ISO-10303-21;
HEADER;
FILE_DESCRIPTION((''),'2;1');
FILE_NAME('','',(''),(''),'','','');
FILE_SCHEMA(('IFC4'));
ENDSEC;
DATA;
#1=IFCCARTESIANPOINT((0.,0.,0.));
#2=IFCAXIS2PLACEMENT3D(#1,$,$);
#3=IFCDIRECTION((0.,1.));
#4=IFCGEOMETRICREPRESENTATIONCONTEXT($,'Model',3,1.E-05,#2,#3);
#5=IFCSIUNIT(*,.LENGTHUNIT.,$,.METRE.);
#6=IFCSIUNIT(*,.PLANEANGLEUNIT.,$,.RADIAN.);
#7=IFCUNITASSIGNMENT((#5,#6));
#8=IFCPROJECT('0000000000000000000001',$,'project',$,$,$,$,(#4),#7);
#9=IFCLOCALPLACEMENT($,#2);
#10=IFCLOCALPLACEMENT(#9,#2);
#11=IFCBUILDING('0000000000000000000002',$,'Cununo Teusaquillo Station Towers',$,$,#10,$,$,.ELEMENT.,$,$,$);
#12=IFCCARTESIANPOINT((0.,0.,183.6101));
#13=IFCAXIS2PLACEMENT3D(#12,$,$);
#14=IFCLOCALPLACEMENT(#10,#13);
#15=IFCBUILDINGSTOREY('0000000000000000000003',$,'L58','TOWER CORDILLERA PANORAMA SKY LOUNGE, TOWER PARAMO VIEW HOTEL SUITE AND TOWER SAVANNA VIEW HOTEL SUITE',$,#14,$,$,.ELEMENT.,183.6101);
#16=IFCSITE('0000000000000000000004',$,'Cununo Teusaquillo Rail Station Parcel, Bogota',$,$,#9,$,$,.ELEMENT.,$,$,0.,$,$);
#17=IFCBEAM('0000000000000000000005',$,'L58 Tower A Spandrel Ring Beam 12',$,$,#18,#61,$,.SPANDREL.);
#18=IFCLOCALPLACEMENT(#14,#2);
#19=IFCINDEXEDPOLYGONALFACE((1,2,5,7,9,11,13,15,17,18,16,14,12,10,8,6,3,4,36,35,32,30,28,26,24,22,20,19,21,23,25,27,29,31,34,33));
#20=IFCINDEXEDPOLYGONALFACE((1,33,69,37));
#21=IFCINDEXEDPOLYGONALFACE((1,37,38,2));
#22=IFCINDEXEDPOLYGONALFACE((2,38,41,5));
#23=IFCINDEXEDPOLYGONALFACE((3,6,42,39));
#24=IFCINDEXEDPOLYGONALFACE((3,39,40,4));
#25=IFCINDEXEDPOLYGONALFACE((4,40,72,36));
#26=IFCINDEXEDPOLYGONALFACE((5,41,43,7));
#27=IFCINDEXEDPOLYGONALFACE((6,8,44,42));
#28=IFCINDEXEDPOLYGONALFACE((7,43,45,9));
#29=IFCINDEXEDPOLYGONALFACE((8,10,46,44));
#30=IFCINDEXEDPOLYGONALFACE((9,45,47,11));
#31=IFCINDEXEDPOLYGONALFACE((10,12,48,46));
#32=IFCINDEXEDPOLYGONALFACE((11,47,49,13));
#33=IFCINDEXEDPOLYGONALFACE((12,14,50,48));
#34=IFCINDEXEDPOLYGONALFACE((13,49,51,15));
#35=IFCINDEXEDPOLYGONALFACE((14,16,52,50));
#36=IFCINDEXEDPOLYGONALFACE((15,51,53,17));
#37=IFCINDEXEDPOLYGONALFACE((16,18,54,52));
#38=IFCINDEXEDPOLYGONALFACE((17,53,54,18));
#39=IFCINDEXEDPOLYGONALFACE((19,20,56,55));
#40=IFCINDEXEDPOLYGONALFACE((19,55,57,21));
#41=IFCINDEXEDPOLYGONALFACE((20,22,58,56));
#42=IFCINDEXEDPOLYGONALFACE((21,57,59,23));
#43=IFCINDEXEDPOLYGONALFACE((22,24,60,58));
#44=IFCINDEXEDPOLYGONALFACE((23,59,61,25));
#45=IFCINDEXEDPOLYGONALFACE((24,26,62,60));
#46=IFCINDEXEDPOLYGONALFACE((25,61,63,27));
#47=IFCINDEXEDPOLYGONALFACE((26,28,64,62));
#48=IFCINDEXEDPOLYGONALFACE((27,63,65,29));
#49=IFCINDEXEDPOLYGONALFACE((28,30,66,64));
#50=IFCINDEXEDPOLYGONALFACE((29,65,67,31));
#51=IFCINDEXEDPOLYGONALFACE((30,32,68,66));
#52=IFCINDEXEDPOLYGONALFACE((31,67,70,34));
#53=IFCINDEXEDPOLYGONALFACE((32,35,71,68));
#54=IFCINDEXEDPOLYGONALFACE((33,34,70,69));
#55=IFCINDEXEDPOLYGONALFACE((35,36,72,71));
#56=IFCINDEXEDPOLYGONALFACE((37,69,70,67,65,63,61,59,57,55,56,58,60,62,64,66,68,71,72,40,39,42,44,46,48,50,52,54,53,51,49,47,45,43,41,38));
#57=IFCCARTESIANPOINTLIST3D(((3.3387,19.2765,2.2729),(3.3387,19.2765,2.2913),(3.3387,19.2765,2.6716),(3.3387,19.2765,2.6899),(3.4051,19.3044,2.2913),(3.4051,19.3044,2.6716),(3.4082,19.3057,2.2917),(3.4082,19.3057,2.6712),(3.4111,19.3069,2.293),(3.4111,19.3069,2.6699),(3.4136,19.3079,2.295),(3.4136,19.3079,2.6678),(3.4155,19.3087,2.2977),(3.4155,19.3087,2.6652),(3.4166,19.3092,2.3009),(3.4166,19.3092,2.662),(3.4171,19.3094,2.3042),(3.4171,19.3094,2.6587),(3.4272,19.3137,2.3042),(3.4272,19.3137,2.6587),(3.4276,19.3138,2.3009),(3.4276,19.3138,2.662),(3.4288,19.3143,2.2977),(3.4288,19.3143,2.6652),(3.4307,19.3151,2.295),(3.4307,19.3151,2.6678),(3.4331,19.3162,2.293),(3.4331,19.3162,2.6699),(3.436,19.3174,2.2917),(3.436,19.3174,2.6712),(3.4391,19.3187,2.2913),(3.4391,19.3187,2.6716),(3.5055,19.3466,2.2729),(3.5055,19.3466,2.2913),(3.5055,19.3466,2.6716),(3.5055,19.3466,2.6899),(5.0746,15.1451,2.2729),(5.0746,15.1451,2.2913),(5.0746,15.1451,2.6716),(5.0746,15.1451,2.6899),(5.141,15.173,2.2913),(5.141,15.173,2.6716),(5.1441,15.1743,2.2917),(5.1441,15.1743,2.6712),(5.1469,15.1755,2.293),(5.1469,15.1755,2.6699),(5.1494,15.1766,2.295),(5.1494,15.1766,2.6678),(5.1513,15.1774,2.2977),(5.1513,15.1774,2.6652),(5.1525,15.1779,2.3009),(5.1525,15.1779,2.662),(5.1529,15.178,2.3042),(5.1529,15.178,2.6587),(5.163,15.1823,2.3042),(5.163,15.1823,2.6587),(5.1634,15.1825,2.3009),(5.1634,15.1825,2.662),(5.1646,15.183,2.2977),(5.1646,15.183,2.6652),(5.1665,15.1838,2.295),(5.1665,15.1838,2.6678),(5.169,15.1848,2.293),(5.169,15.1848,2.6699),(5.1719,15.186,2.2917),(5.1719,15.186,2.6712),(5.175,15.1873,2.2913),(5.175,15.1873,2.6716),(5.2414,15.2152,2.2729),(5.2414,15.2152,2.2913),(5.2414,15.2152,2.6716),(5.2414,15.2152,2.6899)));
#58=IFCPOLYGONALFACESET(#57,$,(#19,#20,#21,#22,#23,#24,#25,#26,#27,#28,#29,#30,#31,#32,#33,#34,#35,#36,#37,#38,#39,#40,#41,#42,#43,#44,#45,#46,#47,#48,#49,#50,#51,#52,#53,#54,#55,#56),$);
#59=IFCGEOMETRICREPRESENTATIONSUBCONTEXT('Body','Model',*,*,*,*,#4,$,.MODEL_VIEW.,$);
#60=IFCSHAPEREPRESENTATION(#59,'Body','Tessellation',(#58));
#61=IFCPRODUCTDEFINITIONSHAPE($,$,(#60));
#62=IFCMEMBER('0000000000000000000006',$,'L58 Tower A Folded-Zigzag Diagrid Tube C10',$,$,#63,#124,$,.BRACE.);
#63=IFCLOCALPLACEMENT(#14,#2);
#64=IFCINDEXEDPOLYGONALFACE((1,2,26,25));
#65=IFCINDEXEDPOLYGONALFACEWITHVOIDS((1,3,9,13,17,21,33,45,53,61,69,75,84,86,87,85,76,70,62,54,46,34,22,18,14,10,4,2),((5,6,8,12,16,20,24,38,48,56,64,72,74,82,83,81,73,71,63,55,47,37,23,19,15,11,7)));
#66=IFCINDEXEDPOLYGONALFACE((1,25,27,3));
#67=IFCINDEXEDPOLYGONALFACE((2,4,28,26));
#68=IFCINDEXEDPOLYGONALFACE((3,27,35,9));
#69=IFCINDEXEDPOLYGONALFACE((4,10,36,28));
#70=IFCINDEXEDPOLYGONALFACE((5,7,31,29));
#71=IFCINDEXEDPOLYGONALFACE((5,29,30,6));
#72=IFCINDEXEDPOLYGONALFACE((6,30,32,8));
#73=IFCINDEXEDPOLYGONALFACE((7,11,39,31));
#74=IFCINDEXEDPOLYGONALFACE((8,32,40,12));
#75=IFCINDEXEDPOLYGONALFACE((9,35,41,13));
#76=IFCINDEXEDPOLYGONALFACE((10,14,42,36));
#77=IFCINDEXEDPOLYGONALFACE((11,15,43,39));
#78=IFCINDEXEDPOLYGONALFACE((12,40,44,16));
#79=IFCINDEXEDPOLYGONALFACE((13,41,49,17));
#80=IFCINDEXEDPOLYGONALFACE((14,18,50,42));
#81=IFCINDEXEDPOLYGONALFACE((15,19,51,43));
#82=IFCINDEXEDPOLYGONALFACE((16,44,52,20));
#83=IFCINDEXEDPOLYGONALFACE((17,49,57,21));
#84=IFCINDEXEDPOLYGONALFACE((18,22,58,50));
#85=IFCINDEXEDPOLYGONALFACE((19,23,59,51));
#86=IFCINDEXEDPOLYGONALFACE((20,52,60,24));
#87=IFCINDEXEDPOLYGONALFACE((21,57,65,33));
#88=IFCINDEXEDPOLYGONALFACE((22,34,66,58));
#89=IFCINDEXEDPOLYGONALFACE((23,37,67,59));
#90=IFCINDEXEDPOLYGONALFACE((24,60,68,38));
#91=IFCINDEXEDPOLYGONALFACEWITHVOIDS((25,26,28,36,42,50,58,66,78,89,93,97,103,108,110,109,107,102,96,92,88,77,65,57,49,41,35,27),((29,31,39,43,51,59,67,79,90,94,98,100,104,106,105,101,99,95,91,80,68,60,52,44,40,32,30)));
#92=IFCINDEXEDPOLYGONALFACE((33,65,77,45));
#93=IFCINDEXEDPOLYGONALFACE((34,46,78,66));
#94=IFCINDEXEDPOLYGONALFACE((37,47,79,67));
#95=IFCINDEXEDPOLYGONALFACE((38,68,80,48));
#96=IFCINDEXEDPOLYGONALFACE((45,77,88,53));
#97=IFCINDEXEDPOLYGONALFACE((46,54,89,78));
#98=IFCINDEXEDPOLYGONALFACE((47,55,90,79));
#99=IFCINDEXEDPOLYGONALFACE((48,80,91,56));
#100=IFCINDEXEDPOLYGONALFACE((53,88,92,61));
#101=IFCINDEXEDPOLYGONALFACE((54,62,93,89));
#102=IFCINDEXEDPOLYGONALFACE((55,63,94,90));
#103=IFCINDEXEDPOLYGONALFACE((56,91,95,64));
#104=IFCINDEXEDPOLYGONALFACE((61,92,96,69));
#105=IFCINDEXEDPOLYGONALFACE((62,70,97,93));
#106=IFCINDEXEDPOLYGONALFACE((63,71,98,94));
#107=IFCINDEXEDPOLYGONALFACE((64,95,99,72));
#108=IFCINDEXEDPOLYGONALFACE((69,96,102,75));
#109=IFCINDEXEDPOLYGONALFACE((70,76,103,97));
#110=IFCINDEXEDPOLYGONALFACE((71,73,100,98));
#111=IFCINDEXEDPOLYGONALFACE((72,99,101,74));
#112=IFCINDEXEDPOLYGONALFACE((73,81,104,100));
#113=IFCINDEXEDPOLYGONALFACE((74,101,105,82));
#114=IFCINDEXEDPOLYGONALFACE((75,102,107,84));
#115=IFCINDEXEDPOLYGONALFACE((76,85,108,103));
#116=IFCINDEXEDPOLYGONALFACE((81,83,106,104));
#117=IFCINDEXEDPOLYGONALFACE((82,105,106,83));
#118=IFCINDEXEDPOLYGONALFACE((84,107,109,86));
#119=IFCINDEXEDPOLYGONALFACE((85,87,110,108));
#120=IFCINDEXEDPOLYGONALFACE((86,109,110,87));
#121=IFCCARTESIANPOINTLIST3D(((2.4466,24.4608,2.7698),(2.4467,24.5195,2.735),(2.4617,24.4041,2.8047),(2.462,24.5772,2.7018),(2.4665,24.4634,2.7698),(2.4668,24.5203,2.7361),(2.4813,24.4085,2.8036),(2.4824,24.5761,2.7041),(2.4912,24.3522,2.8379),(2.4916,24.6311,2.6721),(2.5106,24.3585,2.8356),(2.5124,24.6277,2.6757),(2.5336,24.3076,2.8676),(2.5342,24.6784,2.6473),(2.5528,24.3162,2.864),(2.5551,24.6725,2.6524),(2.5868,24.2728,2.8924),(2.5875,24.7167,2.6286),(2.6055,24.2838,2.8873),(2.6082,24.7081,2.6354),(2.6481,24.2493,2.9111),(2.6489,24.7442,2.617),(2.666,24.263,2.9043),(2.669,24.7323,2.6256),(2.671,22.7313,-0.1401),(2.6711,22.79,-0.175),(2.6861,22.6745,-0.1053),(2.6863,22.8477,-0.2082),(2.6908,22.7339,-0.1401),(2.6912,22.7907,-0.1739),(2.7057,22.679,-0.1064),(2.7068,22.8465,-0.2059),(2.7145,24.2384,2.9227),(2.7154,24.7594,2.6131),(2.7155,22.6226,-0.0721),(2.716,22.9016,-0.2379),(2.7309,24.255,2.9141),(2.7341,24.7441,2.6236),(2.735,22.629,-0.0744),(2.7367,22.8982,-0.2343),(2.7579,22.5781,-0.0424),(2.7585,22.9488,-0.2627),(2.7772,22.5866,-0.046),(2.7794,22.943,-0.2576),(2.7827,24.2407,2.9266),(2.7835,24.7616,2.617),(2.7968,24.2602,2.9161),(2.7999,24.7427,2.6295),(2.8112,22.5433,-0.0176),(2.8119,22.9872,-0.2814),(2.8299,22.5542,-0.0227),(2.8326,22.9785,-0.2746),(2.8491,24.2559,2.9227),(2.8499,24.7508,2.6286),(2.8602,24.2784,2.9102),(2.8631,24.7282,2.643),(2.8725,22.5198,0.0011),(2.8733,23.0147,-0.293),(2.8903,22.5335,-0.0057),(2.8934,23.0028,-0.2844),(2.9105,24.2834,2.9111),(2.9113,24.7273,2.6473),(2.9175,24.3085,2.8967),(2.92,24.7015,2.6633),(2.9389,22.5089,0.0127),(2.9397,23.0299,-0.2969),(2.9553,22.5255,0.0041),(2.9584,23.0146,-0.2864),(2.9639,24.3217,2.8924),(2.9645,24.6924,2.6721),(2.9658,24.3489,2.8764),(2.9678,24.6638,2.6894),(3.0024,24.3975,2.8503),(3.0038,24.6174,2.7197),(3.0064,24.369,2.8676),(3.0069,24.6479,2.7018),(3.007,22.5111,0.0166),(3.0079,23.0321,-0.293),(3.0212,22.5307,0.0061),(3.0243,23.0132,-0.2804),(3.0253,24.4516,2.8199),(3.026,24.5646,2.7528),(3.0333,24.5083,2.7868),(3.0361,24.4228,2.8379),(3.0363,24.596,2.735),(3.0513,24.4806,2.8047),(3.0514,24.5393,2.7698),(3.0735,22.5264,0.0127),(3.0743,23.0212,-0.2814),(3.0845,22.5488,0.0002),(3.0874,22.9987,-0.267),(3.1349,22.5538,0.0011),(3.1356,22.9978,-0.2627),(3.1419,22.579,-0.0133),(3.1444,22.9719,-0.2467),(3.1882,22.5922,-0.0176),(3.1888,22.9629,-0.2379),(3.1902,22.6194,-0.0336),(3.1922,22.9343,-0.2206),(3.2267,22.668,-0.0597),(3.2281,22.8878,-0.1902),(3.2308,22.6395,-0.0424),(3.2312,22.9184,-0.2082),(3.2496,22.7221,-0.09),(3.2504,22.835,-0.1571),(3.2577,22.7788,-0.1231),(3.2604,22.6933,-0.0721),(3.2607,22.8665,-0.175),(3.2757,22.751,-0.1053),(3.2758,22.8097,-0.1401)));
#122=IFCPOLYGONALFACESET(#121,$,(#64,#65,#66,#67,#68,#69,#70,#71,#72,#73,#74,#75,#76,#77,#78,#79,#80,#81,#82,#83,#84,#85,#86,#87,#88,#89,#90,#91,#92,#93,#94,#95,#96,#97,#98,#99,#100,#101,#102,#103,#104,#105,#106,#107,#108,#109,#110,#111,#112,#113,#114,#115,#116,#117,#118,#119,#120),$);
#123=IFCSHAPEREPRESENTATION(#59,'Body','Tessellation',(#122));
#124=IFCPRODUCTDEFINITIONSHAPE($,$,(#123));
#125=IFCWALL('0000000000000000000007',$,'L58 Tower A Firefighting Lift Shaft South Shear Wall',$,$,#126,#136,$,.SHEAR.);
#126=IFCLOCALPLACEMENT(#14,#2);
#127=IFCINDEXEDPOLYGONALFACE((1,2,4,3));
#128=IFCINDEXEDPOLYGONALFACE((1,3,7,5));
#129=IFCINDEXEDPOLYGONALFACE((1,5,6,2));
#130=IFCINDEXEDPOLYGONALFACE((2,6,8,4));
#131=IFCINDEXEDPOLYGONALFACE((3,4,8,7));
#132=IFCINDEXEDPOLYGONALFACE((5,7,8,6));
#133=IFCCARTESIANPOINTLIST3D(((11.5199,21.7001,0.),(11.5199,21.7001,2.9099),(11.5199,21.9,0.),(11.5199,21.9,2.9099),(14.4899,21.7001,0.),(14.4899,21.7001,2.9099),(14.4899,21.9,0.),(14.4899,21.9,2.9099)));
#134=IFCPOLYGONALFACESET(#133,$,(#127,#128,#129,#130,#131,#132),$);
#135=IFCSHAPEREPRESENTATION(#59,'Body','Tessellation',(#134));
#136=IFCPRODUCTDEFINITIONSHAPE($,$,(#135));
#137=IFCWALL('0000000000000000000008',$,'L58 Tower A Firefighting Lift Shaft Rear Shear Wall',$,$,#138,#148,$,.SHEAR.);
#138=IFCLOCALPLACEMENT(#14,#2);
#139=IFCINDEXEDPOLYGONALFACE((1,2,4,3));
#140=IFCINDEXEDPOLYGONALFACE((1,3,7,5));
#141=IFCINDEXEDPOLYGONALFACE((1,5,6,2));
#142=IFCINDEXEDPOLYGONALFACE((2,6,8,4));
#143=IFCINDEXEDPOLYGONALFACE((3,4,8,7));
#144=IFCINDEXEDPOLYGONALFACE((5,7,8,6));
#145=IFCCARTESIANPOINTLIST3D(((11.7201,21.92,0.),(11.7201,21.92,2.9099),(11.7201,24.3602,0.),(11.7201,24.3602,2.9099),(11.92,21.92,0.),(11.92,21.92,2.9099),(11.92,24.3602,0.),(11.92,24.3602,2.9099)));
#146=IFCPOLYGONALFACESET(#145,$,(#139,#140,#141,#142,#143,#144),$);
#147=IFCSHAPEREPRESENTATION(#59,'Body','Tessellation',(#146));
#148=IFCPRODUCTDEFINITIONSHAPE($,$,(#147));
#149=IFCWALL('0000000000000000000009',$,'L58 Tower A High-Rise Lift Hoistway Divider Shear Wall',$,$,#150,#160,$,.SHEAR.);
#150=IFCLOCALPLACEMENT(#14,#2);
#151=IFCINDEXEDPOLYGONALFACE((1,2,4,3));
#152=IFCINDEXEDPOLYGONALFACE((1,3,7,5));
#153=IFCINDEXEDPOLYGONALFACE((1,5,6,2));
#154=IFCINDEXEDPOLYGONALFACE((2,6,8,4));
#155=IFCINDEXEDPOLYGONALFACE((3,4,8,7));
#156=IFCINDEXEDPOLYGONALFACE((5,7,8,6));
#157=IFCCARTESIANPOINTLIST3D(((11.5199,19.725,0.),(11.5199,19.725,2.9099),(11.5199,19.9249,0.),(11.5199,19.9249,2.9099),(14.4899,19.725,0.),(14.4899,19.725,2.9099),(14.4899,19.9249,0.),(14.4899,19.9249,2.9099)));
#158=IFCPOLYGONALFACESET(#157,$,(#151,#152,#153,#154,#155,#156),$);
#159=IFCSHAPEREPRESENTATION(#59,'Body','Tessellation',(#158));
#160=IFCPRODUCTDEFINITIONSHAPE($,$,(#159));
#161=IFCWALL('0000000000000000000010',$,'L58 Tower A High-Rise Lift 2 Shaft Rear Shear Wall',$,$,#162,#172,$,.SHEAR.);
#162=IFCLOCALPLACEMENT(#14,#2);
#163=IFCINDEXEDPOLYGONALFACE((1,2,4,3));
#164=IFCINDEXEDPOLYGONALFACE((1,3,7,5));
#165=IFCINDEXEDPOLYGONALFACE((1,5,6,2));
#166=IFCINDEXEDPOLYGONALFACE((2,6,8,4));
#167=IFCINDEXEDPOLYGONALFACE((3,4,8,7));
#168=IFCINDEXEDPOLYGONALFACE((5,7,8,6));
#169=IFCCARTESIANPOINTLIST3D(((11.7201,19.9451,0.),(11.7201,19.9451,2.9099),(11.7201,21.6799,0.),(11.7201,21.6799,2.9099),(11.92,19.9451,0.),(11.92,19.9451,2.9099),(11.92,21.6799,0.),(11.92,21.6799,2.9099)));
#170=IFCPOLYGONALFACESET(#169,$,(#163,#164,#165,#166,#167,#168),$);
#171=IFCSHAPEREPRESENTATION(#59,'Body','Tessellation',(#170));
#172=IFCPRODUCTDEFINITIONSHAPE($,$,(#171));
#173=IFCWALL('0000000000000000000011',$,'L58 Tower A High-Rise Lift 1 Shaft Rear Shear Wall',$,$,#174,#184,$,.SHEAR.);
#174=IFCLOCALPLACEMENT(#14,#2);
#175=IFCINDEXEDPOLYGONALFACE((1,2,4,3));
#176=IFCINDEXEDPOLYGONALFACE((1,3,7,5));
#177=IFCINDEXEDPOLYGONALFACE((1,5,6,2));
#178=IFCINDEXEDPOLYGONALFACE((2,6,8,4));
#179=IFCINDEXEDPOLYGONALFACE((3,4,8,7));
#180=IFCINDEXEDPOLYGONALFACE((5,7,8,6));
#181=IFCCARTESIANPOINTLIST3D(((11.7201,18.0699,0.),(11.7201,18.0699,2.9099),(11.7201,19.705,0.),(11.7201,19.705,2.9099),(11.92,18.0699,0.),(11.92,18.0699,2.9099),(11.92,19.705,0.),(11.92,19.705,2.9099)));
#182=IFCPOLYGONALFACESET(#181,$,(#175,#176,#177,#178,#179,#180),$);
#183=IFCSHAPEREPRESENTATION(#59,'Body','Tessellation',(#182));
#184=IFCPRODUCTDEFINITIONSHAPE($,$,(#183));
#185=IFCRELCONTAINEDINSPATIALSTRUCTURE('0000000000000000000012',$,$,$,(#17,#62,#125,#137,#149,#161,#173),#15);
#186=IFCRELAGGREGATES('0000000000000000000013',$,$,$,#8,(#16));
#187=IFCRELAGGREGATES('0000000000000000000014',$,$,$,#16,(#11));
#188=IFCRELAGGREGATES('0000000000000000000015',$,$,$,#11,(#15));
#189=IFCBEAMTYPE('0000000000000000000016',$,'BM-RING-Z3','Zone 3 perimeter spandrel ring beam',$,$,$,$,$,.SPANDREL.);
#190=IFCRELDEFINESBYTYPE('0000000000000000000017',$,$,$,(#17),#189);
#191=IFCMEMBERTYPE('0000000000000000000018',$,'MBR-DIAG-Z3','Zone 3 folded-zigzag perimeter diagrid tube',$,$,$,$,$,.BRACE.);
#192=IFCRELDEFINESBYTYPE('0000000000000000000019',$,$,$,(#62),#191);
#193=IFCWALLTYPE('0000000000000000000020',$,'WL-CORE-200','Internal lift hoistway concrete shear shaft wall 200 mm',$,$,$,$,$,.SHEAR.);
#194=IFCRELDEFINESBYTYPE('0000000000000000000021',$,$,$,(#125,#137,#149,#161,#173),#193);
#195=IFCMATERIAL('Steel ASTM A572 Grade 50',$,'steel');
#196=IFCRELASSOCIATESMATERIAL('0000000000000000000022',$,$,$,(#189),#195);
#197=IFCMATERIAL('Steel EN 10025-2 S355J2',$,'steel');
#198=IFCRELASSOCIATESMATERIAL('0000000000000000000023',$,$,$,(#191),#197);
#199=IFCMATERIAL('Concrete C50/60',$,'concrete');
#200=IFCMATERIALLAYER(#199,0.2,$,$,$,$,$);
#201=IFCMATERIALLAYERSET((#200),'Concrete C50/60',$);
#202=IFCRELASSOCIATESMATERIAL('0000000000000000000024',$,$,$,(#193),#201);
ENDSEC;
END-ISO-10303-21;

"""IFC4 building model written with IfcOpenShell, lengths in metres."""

from ifc_helpers import new_model, si_unit, direction, frame, frame_2d, origin, origin_2d, place, context, subcontext, project, spatial, rectangle, hollow_circle, i_section, extrude, material, layer, layer_set, material_profile, profile_set, type_object, element, save


model = new_model("IFC4")

# Units and contexts
model_context = context("Model", 3, precision=1e-05, world=origin(), true_north=direction((0.0, 1.0)))
body_context = subcontext(model_context, "Body", "Model", "MODEL_VIEW")
ifc_project = project(units=[si_unit("LENGTHUNIT", "METRE"), si_unit("PLANEANGLEUNIT", "RADIAN")], contexts=[model_context])

# Site, building, storey
site_placement = place(None, origin())
site = spatial("IfcSite", under=ifc_project, at=site_placement, Name="Cununo Teusaquillo Rail Station Parcel, Bogota", CompositionType="ELEMENT", RefElevation=0.0)
building_placement = place(site_placement, origin())
building = spatial("IfcBuilding", under=site, at=building_placement, Name="Cununo Teusaquillo Station Towers", CompositionType="ELEMENT")
storey_placement = place(building_placement, frame((0.0, 0.0, 183.6101)))
storey = spatial("IfcBuildingStorey", under=building, at=storey_placement, Name="L58", Description="TOWER CORDILLERA PANORAMA SKY LOUNGE, TOWER PARAMO VIEW HOTEL SUITE AND TOWER SAVANNA VIEW HOTEL SUITE", CompositionType="ELEMENT", Elevation=183.6101)

# Beam
ifc_material_1 = material(Name="Steel ASTM A572 Grade 50", Category="steel")
ifc_material_profile_1 = material_profile(ifc_material_1, i_section(OverallWidth=0.1809, OverallDepth=0.417, WebThickness=0.011, FlangeThickness=0.0183, FilletRadius=0.0129, at=origin_2d()), Name="W16X57")
ifc_profile_set_1 = profile_set([ifc_material_profile_1], Name="Steel ASTM A572 Grade 50")
beam_type_1 = type_object("IfcBeamType", Name="BM-RING-Z3", Description="Zone 3 perimeter spandrel ring beam", PredefinedType="SPANDREL", material=ifc_profile_set_1)
beam_1_placement = place(storey_placement, frame((3.4221, 19.3115, 2.4814), z_axis=(0.38736, -0.921928, 0.0), x_axis=(0.921928, 0.38736, 0.0)))
element("IfcBeam", 1, at=beam_1_placement, inside=storey, type_object=beam_type_1, Name="L58 Tower A Spandrel Ring Beam 12", PredefinedType="SPANDREL", context=body_context, shape_type="SweptSolid", body=[
    extrude(i_section(OverallWidth=0.1809, OverallDepth=0.417, WebThickness=0.011, FlangeThickness=0.0183, FilletRadius=0.0129, at=origin_2d()), origin(), (0.0, 0.0, 1.0), 4.4812),
])

# Member
ifc_material_2 = material(Name="Steel EN 10025-2 S355J2", Category="steel")
ifc_material_profile_2 = material_profile(ifc_material_2, hollow_circle(Radius=0.3049, WallThickness=0.02, at=origin_2d()), Name="CHS 610x20")
ifc_profile_set_2 = profile_set([ifc_material_profile_2], Name="Steel EN 10025-2 S355J2")
member_type = type_object("IfcMemberType", Name="MBR-DIAG-Z3", Description="Zone 3 folded-zigzag perimeter diagrid tube", PredefinedType="BRACE", material=ifc_profile_set_2)
member_placement = place(storey_placement, frame((2.9734, 22.7705, -0.1401), z_axis=(-0.066136, 0.509798, 0.857748), x_axis=(-0.99169, -0.128651, 0.0)))
element("IfcMember", 2, at=member_placement, inside=storey, type_object=member_type, Name="L58 Tower A Folded-Zigzag Diagrid Tube C10", PredefinedType="BRACE", context=body_context, shape_type="SweptSolid", body=[
    extrude(hollow_circle(Radius=0.3049, WallThickness=0.02, at=origin_2d()), origin(), (0.0, 0.0, 1.0), 3.3926),
])

# Walls
ifc_material_3 = material(Name="Concrete C50/60", Category="concrete")
ifc_layer_1 = layer(ifc_material_3, 0.2)
ifc_layer_set_1 = layer_set([ifc_layer_1], Name="Concrete C50/60")
wall_type_1 = type_object("IfcWallType", Name="WL-CORE-200", Description="Internal lift hoistway concrete shear shaft wall 200 mm", PredefinedType="SHEAR", material=ifc_layer_set_1)
wall_1_placement = place(storey_placement, frame((11.52, 21.8, 0.0), z_axis=(0.0, 0.0, 1.0), x_axis=(1.0, 0.0, 0.0)))
element("IfcWall", 3, at=wall_1_placement, inside=storey, type_object=wall_type_1, Name="L58 Tower A Firefighting Lift Shaft South Shear Wall", PredefinedType="SHEAR", context=body_context, shape_type="SweptSolid", body=[
    extrude(rectangle(XDim=2.97, YDim=0.2, at=frame_2d((1.4849, 0.0))), origin(), (0.0, 0.0, 1.0), 2.9099),
])
wall_2_placement = place(storey_placement, frame((11.8201, 21.9199, 0.0), z_axis=(0.0, 0.0, 1.0), x_axis=(0.0, 1.0, 0.0)))
element("IfcWall", 4, at=wall_2_placement, inside=storey, type_object=wall_type_1, Name="L58 Tower A Firefighting Lift Shaft Rear Shear Wall", PredefinedType="SHEAR", context=body_context, shape_type="SweptSolid", body=[
    extrude(rectangle(XDim=2.4402, YDim=0.2, at=frame_2d((1.2202, 0.0))), origin(), (0.0, 0.0, 1.0), 2.9099),
])
wall_3_placement = place(storey_placement, frame((11.52, 19.825, 0.0), z_axis=(0.0, 0.0, 1.0), x_axis=(1.0, 0.0, 0.0)))
element("IfcWall", 5, at=wall_3_placement, inside=storey, type_object=wall_type_1, Name="L58 Tower A High-Rise Lift Hoistway Divider Shear Wall", PredefinedType="SHEAR", context=body_context, shape_type="SweptSolid", body=[
    extrude(rectangle(XDim=2.97, YDim=0.2, at=frame_2d((1.4849, 0.0))), origin(), (0.0, 0.0, 1.0), 2.9099),
])
wall_4_placement = place(storey_placement, frame((11.8201, 19.9451, 0.0), z_axis=(0.0, 0.0, 1.0), x_axis=(0.0, 1.0, 0.0)))
element("IfcWall", 6, at=wall_4_placement, inside=storey, type_object=wall_type_1, Name="L58 Tower A High-Rise Lift 2 Shaft Rear Shear Wall", PredefinedType="SHEAR", context=body_context, shape_type="SweptSolid", body=[
    extrude(rectangle(XDim=1.7349, YDim=0.2, at=frame_2d((0.8674, 0.0))), origin(), (0.0, 0.0, 1.0), 2.9099),
])
wall_5_placement = place(storey_placement, frame((11.8201, 18.0701, 0.0), z_axis=(0.0, 0.0, 1.0), x_axis=(0.0, 1.0, 0.0)))
element("IfcWall", 7, at=wall_5_placement, inside=storey, type_object=wall_type_1, Name="L58 Tower A High-Rise Lift 1 Shaft Rear Shear Wall", PredefinedType="SHEAR", context=body_context, shape_type="SweptSolid", body=[
    extrude(rectangle(XDim=1.635, YDim=0.2, at=frame_2d((0.8174, 0.0))), origin(), (0.0, 0.0, 1.0), 2.9099),
])

save(model, "model.ifc")
